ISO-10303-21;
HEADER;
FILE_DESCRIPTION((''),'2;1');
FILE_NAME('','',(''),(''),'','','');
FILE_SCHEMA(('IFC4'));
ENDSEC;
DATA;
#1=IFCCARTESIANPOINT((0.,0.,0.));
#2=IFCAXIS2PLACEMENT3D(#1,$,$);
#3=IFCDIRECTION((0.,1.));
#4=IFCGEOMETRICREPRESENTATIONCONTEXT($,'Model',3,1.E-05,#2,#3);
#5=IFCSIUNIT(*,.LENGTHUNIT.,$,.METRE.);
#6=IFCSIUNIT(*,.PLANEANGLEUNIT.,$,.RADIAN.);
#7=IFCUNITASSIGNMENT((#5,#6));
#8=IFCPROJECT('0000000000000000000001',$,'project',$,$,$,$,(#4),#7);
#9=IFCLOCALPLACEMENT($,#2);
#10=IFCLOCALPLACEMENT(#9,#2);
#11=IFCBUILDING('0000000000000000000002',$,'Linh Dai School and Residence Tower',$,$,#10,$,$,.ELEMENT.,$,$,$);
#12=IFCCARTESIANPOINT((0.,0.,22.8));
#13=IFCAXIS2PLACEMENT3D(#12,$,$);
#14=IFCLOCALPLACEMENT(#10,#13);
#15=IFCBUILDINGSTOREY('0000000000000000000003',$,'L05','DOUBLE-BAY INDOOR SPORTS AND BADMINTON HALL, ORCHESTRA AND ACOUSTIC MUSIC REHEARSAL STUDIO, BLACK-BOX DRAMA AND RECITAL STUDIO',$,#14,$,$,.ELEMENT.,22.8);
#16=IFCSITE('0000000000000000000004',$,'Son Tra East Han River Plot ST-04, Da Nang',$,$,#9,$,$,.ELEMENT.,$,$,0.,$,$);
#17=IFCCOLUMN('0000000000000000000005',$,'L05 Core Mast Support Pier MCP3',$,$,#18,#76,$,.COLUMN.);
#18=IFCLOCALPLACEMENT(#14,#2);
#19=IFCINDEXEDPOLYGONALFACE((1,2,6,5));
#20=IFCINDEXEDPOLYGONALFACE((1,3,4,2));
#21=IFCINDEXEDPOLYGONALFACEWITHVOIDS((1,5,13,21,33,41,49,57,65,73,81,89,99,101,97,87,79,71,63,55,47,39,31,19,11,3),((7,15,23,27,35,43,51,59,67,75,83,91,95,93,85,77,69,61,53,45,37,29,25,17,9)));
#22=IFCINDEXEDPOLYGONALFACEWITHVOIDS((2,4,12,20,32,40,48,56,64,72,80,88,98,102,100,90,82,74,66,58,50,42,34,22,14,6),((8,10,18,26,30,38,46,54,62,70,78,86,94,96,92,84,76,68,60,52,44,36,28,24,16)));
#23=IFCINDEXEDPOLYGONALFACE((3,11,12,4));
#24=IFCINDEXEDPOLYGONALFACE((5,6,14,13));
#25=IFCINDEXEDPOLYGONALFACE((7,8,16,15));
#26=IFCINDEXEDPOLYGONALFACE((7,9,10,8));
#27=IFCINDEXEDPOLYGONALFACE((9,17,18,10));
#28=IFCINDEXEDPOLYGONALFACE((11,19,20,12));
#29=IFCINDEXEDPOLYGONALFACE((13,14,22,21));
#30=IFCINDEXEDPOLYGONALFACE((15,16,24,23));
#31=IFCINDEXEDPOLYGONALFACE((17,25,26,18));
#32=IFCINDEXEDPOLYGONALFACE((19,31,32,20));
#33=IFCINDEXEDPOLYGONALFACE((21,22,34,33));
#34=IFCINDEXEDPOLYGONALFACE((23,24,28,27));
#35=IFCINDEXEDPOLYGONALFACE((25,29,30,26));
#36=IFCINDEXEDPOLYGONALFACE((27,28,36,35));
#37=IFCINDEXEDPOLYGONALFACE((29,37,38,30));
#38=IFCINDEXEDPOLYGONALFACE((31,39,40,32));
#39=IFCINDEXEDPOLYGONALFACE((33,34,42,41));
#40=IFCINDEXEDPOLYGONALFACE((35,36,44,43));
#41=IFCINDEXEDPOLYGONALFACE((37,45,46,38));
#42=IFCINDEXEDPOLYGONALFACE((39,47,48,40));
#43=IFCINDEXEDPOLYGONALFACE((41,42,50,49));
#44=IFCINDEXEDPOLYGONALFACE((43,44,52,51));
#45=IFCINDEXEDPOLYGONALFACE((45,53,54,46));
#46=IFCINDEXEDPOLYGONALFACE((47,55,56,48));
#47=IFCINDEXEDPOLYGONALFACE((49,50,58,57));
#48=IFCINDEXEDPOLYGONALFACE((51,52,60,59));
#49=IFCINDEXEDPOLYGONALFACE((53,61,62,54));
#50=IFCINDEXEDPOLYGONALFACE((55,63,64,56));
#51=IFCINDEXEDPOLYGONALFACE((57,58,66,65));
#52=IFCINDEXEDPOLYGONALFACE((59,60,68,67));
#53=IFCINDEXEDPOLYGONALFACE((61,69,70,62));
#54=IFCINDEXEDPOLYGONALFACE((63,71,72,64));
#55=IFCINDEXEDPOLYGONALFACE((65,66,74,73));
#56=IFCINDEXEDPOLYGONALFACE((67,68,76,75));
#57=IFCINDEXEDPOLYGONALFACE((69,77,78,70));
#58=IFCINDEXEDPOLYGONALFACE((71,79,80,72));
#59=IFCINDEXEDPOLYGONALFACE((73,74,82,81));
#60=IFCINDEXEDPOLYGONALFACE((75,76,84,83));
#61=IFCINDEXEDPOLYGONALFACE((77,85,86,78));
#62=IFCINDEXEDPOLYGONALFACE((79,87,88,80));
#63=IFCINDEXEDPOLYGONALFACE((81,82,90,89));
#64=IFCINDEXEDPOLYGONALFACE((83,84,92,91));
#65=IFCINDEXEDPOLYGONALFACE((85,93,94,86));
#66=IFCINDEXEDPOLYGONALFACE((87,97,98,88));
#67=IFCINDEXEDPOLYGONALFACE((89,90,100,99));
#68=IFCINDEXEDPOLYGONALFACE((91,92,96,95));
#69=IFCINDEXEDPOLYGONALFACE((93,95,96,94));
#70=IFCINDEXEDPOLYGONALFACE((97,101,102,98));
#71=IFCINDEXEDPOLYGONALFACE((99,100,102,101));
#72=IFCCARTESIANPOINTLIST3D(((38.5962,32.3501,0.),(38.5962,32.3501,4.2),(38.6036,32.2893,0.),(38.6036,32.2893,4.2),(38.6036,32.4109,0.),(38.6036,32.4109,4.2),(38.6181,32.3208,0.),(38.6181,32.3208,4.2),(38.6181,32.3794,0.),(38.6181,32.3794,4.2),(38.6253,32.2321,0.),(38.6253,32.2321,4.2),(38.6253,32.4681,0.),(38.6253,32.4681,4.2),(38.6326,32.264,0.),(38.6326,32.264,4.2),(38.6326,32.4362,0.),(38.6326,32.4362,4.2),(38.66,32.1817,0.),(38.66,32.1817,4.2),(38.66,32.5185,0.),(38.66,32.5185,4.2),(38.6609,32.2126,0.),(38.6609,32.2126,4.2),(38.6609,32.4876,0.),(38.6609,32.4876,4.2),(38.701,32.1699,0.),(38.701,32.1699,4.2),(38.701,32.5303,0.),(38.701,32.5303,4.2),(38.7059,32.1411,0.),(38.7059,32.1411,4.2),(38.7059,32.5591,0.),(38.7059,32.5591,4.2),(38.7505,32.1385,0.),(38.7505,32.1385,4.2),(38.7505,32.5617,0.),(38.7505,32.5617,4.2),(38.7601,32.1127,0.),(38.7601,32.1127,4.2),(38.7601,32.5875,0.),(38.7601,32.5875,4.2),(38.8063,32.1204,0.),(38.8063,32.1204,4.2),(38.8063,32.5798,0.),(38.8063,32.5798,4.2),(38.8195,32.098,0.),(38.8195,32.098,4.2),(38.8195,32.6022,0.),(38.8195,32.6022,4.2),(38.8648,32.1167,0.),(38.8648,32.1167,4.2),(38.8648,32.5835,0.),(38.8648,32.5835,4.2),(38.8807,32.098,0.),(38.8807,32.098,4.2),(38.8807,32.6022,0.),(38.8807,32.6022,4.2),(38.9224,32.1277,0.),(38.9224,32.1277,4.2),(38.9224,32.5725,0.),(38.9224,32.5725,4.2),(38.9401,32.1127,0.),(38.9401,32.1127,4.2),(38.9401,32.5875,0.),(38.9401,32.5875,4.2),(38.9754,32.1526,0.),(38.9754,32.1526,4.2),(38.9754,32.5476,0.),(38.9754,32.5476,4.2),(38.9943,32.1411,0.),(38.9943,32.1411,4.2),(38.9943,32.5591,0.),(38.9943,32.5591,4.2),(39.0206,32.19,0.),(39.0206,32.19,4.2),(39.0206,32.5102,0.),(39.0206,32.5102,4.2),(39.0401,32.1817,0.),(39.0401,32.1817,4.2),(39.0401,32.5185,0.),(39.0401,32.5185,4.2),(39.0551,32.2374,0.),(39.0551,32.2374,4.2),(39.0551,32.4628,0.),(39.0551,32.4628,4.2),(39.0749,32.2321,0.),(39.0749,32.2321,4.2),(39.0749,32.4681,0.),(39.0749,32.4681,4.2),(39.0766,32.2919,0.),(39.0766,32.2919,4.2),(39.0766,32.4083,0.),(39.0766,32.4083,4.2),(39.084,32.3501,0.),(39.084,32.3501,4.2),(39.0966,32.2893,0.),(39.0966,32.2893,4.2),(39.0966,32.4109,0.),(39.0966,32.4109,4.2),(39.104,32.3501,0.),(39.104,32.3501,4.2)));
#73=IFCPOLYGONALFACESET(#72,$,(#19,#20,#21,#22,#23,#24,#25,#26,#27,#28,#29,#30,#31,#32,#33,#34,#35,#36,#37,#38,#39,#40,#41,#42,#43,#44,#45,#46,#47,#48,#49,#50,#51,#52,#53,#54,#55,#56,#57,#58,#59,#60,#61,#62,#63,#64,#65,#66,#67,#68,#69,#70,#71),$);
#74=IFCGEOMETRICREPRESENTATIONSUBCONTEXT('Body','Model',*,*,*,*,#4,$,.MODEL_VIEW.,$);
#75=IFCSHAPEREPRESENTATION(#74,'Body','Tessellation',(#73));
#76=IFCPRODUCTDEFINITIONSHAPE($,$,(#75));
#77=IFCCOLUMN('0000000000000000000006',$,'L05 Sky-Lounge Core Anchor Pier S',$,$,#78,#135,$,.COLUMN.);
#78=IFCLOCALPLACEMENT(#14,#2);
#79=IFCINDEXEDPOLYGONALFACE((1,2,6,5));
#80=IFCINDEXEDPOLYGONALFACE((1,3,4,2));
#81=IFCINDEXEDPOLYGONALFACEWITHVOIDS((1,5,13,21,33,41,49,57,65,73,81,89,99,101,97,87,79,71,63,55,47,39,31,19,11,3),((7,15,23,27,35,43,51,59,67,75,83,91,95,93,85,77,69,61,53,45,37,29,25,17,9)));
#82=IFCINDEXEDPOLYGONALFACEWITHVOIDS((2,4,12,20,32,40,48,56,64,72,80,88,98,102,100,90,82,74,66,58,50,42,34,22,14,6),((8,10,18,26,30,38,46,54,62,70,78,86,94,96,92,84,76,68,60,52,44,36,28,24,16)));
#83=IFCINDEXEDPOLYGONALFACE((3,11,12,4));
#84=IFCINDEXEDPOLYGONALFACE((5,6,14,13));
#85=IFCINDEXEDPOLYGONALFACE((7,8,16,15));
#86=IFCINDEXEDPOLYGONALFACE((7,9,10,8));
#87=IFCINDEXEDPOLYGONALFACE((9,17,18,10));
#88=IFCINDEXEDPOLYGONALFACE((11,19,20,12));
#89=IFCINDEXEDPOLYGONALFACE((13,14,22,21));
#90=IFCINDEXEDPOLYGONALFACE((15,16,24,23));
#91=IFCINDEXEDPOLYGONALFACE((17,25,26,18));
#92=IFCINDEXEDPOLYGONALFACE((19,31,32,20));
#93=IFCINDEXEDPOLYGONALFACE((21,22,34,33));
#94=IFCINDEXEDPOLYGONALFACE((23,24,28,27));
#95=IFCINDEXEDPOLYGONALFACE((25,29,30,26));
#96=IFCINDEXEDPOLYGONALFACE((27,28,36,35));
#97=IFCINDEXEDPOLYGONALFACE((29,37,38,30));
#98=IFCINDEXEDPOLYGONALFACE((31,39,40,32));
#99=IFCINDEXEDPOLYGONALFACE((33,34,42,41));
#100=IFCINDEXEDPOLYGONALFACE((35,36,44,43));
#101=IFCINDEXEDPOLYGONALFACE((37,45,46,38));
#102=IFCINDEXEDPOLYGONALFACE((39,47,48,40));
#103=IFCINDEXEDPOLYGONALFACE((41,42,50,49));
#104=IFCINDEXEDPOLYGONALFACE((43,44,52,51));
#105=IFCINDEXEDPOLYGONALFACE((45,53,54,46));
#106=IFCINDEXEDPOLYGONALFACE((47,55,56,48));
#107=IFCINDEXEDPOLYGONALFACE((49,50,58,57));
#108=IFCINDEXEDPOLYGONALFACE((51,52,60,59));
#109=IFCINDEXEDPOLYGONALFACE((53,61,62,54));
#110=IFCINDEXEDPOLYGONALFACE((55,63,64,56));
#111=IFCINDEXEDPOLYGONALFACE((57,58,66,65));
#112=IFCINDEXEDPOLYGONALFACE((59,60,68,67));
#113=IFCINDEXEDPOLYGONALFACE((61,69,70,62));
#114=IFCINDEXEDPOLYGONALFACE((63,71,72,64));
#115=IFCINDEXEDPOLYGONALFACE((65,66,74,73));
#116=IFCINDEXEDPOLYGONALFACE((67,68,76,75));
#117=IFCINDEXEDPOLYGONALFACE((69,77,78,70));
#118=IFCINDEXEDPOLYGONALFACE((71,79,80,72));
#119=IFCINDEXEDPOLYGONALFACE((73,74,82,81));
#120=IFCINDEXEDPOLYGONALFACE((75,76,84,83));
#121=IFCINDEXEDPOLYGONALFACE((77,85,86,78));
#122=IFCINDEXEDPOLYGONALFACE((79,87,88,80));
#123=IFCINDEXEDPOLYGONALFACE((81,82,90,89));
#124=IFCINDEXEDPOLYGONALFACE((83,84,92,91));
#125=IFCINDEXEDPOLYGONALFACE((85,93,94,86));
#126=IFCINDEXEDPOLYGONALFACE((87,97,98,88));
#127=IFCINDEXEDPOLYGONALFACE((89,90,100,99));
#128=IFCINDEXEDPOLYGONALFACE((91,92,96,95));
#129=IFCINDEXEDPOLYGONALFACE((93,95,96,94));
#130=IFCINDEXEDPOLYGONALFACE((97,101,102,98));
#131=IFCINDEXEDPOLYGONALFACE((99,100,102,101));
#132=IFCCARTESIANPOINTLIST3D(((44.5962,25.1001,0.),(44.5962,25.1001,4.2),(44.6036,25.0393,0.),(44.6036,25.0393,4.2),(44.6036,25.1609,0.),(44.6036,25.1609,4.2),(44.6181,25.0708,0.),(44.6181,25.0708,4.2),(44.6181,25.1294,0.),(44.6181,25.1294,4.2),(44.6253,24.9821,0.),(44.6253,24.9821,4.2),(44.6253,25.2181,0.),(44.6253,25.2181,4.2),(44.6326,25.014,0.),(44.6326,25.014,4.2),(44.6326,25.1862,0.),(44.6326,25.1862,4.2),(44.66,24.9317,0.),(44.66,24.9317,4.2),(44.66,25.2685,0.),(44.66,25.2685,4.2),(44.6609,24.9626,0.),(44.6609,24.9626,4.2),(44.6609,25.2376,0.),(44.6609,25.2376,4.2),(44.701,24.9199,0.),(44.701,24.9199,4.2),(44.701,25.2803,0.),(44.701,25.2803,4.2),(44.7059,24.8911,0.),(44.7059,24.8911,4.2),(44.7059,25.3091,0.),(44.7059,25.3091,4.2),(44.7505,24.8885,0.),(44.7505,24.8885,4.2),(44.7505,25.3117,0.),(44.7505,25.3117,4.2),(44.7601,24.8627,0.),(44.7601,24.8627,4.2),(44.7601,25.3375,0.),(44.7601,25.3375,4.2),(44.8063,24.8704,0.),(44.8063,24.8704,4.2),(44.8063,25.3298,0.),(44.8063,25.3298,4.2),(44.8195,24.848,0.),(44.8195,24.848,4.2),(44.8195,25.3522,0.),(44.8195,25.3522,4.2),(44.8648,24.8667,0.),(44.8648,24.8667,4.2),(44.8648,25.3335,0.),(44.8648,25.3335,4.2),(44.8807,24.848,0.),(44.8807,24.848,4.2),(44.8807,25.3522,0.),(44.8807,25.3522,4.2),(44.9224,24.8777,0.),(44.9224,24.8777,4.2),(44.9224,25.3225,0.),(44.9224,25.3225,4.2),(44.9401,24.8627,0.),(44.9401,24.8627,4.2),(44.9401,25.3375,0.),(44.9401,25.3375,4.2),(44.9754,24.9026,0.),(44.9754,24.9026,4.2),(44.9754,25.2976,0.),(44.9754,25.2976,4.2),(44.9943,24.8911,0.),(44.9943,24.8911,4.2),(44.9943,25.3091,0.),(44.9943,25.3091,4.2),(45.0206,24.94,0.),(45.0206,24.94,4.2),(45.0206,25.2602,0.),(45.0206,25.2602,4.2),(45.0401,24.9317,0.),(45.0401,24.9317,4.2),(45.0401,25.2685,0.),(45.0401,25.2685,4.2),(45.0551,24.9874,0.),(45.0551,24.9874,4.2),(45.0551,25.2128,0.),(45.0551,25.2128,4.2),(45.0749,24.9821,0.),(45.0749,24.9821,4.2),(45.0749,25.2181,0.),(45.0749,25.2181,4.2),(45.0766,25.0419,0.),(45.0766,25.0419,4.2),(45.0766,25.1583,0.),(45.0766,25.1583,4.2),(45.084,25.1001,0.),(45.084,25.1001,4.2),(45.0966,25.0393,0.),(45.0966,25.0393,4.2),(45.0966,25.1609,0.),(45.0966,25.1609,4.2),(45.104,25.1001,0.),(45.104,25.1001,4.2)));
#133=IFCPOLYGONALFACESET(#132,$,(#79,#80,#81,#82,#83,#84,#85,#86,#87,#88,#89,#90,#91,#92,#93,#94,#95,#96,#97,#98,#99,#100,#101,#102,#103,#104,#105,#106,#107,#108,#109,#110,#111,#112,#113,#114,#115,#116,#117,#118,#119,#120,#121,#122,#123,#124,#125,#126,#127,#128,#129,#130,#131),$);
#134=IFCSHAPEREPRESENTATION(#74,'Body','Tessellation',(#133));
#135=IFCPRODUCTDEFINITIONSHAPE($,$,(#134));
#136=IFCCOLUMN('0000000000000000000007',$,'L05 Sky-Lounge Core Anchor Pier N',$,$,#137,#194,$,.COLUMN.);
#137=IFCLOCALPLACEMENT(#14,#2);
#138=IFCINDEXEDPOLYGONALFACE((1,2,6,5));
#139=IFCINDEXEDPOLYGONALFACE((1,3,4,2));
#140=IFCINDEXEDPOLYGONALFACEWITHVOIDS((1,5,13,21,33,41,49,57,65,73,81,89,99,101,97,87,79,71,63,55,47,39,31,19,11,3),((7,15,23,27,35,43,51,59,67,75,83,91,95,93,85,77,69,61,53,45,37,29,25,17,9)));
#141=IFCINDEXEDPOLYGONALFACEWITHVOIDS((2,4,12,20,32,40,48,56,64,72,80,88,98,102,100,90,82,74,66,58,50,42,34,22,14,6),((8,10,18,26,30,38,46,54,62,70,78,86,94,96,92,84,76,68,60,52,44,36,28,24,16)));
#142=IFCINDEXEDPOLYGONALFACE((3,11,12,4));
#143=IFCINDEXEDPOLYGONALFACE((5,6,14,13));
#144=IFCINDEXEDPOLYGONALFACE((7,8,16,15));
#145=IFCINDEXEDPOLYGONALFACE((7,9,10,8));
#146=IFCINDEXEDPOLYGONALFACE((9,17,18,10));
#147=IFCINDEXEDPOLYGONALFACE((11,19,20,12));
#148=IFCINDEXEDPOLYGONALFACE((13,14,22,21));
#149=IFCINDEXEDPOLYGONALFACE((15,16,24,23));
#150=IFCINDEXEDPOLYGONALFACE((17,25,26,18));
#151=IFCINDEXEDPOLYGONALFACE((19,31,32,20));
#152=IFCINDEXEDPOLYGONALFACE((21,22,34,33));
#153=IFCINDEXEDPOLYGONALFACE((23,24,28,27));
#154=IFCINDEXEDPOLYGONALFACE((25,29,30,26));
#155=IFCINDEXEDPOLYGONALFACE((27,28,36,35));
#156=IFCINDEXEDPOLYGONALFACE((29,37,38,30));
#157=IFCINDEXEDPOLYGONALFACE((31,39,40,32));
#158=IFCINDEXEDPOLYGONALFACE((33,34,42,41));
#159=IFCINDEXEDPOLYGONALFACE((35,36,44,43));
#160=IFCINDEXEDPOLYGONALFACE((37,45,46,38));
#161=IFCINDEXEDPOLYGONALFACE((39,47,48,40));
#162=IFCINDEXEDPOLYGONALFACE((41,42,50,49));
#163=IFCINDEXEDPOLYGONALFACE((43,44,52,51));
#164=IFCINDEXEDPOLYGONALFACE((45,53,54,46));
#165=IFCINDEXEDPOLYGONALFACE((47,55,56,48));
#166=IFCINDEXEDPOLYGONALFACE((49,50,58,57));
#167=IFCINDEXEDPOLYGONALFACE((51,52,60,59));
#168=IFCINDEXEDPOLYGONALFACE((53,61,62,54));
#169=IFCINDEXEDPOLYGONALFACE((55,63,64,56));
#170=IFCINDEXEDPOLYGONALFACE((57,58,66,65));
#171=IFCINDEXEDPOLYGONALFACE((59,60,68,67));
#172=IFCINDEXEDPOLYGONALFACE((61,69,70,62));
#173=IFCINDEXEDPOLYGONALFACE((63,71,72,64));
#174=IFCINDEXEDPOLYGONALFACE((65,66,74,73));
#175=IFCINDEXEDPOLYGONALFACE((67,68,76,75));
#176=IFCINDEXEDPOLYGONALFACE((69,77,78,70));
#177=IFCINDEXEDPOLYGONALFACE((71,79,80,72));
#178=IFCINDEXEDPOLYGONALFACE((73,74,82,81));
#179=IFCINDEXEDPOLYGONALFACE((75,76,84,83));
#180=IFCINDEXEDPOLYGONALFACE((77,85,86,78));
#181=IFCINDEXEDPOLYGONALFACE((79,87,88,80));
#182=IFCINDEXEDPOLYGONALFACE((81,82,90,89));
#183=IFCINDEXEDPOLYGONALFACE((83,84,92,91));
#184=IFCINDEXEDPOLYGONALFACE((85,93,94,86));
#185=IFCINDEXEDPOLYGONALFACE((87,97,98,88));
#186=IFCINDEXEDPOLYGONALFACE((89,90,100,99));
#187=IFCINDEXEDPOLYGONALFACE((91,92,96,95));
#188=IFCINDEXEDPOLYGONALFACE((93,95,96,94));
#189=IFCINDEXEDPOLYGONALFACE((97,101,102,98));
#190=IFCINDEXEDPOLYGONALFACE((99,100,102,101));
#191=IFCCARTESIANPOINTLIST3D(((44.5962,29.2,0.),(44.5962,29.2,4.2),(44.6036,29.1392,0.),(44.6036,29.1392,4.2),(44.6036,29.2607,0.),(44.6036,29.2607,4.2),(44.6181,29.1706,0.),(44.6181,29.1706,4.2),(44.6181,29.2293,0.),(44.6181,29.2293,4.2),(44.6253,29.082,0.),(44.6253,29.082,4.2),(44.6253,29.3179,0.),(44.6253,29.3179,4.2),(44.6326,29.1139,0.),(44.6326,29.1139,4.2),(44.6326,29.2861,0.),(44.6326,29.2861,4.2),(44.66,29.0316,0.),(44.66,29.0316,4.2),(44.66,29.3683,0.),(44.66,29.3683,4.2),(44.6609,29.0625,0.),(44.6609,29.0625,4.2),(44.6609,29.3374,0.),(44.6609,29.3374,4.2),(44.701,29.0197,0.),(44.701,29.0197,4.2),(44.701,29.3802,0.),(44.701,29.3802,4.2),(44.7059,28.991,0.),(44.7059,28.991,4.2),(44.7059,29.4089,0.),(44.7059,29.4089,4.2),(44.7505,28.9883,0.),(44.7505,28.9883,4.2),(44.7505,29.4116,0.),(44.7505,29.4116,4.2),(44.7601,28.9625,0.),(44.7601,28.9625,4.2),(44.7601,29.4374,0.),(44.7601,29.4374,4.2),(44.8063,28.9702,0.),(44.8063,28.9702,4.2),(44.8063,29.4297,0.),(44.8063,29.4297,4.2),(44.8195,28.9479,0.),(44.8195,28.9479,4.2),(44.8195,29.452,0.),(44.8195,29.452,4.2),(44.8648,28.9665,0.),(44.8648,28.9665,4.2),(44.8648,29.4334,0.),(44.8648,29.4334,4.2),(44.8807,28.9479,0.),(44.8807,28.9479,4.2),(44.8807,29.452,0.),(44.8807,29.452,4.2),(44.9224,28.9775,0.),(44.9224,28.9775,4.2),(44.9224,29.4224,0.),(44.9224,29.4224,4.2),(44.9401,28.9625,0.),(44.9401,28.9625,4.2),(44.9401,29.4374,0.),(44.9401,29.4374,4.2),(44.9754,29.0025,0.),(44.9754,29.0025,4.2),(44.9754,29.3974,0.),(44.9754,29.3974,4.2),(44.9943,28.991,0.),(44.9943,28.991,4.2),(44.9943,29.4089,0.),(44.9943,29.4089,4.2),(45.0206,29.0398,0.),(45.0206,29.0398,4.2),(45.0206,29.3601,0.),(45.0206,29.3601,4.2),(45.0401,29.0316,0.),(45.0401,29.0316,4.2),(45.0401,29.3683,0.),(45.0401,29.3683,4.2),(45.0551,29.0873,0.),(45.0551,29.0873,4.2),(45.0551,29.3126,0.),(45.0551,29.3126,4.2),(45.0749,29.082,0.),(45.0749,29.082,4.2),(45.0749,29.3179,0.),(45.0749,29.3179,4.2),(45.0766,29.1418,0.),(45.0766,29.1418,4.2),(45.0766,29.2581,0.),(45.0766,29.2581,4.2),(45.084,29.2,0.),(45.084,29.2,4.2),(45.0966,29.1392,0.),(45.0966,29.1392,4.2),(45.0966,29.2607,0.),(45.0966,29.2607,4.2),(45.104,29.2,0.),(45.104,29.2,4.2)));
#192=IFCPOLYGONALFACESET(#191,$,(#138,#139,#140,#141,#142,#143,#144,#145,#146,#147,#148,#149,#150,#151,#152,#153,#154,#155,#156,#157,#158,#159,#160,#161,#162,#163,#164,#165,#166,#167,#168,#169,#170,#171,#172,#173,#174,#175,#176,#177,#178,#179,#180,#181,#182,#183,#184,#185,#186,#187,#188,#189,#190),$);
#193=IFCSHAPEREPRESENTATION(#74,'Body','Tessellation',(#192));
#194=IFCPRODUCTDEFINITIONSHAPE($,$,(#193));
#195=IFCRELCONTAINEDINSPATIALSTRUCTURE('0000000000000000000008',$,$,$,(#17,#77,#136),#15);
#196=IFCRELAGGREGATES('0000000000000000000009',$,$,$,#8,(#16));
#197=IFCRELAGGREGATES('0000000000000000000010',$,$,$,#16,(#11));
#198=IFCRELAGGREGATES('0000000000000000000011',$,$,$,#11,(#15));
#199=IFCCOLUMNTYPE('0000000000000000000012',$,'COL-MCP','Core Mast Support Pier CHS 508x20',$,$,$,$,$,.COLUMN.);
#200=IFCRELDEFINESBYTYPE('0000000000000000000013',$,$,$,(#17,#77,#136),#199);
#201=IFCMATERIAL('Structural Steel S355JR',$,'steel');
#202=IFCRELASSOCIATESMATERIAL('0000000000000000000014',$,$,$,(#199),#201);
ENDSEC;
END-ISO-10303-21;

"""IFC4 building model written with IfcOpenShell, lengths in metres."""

from ifc_helpers import new_model, si_unit, direction, frame, origin, origin_2d, place, context, subcontext, project, spatial, hollow_circle, extrude, material, material_profile, profile_set, type_object, element, save


model = new_model("IFC4")

# Units and contexts
model_context = context("Model", 3, precision=1e-05, world=origin(), true_north=direction((0.0, 1.0)))
body_context = subcontext(model_context, "Body", "Model", "MODEL_VIEW")
ifc_project = project(units=[si_unit("LENGTHUNIT", "METRE"), si_unit("PLANEANGLEUNIT", "RADIAN")], contexts=[model_context])

# Site, building, storey
site_placement = place(None, origin())
site = spatial("IfcSite", under=ifc_project, at=site_placement, Name="Son Tra East Han River Plot ST-04, Da Nang", CompositionType="ELEMENT", RefElevation=0.0)
building_placement = place(site_placement, origin())
building = spatial("IfcBuilding", under=site, at=building_placement, Name="Linh Dai School and Residence Tower", CompositionType="ELEMENT")
storey_placement = place(building_placement, frame((0.0, 0.0, 22.8)))
storey = spatial("IfcBuildingStorey", under=building, at=storey_placement, Name="L05", Description="DOUBLE-BAY INDOOR SPORTS AND BADMINTON HALL, ORCHESTRA AND ACOUSTIC MUSIC REHEARSAL STUDIO, BLACK-BOX DRAMA AND RECITAL STUDIO", CompositionType="ELEMENT", Elevation=22.8)

# Columns
ifc_material_1 = material(Name="Structural Steel S355JR", Category="steel")
ifc_material_profile_1 = material_profile(ifc_material_1, hollow_circle(Radius=0.2539, WallThickness=0.02, at=origin_2d()), Name="CHS 508x20")
ifc_profile_set_1 = profile_set([ifc_material_profile_1], Name="Structural Steel S355JR")
column_type_1 = type_object("IfcColumnType", Name="COL-MCP", Description="Core Mast Support Pier CHS 508x20", PredefinedType="COLUMN", material=ifc_profile_set_1)
for number, where, z_axis, x_axis, name in (
    (1, (38.8501, 32.3501, 0.0), (0.0, 0.0, 1.0), (1.0, 0.0, 0.0), "L05 Core Mast Support Pier MCP3"),
    (2, (44.8501, 25.1001, 0.0), (0.0, 0.0, 1.0), (1.0, 0.0, 0.0), "L05 Sky-Lounge Core Anchor Pier S"),
    (3, (44.8501, 29.2, 0.0), (0.0, 0.0, 1.0), (1.0, 0.0, 0.0), "L05 Sky-Lounge Core Anchor Pier N"),
):
    element("IfcColumn", number, at=place(storey_placement, frame(where, z_axis=z_axis, x_axis=x_axis)), inside=storey, type_object=column_type_1, Name=name, PredefinedType="COLUMN", context=body_context, shape_type="SweptSolid", body=[
        extrude(hollow_circle(Radius=0.2539, WallThickness=0.02, at=origin_2d()), origin(), (0.0, 0.0, 1.0), 4.2),
    ])

save(model, "model.ifc")
